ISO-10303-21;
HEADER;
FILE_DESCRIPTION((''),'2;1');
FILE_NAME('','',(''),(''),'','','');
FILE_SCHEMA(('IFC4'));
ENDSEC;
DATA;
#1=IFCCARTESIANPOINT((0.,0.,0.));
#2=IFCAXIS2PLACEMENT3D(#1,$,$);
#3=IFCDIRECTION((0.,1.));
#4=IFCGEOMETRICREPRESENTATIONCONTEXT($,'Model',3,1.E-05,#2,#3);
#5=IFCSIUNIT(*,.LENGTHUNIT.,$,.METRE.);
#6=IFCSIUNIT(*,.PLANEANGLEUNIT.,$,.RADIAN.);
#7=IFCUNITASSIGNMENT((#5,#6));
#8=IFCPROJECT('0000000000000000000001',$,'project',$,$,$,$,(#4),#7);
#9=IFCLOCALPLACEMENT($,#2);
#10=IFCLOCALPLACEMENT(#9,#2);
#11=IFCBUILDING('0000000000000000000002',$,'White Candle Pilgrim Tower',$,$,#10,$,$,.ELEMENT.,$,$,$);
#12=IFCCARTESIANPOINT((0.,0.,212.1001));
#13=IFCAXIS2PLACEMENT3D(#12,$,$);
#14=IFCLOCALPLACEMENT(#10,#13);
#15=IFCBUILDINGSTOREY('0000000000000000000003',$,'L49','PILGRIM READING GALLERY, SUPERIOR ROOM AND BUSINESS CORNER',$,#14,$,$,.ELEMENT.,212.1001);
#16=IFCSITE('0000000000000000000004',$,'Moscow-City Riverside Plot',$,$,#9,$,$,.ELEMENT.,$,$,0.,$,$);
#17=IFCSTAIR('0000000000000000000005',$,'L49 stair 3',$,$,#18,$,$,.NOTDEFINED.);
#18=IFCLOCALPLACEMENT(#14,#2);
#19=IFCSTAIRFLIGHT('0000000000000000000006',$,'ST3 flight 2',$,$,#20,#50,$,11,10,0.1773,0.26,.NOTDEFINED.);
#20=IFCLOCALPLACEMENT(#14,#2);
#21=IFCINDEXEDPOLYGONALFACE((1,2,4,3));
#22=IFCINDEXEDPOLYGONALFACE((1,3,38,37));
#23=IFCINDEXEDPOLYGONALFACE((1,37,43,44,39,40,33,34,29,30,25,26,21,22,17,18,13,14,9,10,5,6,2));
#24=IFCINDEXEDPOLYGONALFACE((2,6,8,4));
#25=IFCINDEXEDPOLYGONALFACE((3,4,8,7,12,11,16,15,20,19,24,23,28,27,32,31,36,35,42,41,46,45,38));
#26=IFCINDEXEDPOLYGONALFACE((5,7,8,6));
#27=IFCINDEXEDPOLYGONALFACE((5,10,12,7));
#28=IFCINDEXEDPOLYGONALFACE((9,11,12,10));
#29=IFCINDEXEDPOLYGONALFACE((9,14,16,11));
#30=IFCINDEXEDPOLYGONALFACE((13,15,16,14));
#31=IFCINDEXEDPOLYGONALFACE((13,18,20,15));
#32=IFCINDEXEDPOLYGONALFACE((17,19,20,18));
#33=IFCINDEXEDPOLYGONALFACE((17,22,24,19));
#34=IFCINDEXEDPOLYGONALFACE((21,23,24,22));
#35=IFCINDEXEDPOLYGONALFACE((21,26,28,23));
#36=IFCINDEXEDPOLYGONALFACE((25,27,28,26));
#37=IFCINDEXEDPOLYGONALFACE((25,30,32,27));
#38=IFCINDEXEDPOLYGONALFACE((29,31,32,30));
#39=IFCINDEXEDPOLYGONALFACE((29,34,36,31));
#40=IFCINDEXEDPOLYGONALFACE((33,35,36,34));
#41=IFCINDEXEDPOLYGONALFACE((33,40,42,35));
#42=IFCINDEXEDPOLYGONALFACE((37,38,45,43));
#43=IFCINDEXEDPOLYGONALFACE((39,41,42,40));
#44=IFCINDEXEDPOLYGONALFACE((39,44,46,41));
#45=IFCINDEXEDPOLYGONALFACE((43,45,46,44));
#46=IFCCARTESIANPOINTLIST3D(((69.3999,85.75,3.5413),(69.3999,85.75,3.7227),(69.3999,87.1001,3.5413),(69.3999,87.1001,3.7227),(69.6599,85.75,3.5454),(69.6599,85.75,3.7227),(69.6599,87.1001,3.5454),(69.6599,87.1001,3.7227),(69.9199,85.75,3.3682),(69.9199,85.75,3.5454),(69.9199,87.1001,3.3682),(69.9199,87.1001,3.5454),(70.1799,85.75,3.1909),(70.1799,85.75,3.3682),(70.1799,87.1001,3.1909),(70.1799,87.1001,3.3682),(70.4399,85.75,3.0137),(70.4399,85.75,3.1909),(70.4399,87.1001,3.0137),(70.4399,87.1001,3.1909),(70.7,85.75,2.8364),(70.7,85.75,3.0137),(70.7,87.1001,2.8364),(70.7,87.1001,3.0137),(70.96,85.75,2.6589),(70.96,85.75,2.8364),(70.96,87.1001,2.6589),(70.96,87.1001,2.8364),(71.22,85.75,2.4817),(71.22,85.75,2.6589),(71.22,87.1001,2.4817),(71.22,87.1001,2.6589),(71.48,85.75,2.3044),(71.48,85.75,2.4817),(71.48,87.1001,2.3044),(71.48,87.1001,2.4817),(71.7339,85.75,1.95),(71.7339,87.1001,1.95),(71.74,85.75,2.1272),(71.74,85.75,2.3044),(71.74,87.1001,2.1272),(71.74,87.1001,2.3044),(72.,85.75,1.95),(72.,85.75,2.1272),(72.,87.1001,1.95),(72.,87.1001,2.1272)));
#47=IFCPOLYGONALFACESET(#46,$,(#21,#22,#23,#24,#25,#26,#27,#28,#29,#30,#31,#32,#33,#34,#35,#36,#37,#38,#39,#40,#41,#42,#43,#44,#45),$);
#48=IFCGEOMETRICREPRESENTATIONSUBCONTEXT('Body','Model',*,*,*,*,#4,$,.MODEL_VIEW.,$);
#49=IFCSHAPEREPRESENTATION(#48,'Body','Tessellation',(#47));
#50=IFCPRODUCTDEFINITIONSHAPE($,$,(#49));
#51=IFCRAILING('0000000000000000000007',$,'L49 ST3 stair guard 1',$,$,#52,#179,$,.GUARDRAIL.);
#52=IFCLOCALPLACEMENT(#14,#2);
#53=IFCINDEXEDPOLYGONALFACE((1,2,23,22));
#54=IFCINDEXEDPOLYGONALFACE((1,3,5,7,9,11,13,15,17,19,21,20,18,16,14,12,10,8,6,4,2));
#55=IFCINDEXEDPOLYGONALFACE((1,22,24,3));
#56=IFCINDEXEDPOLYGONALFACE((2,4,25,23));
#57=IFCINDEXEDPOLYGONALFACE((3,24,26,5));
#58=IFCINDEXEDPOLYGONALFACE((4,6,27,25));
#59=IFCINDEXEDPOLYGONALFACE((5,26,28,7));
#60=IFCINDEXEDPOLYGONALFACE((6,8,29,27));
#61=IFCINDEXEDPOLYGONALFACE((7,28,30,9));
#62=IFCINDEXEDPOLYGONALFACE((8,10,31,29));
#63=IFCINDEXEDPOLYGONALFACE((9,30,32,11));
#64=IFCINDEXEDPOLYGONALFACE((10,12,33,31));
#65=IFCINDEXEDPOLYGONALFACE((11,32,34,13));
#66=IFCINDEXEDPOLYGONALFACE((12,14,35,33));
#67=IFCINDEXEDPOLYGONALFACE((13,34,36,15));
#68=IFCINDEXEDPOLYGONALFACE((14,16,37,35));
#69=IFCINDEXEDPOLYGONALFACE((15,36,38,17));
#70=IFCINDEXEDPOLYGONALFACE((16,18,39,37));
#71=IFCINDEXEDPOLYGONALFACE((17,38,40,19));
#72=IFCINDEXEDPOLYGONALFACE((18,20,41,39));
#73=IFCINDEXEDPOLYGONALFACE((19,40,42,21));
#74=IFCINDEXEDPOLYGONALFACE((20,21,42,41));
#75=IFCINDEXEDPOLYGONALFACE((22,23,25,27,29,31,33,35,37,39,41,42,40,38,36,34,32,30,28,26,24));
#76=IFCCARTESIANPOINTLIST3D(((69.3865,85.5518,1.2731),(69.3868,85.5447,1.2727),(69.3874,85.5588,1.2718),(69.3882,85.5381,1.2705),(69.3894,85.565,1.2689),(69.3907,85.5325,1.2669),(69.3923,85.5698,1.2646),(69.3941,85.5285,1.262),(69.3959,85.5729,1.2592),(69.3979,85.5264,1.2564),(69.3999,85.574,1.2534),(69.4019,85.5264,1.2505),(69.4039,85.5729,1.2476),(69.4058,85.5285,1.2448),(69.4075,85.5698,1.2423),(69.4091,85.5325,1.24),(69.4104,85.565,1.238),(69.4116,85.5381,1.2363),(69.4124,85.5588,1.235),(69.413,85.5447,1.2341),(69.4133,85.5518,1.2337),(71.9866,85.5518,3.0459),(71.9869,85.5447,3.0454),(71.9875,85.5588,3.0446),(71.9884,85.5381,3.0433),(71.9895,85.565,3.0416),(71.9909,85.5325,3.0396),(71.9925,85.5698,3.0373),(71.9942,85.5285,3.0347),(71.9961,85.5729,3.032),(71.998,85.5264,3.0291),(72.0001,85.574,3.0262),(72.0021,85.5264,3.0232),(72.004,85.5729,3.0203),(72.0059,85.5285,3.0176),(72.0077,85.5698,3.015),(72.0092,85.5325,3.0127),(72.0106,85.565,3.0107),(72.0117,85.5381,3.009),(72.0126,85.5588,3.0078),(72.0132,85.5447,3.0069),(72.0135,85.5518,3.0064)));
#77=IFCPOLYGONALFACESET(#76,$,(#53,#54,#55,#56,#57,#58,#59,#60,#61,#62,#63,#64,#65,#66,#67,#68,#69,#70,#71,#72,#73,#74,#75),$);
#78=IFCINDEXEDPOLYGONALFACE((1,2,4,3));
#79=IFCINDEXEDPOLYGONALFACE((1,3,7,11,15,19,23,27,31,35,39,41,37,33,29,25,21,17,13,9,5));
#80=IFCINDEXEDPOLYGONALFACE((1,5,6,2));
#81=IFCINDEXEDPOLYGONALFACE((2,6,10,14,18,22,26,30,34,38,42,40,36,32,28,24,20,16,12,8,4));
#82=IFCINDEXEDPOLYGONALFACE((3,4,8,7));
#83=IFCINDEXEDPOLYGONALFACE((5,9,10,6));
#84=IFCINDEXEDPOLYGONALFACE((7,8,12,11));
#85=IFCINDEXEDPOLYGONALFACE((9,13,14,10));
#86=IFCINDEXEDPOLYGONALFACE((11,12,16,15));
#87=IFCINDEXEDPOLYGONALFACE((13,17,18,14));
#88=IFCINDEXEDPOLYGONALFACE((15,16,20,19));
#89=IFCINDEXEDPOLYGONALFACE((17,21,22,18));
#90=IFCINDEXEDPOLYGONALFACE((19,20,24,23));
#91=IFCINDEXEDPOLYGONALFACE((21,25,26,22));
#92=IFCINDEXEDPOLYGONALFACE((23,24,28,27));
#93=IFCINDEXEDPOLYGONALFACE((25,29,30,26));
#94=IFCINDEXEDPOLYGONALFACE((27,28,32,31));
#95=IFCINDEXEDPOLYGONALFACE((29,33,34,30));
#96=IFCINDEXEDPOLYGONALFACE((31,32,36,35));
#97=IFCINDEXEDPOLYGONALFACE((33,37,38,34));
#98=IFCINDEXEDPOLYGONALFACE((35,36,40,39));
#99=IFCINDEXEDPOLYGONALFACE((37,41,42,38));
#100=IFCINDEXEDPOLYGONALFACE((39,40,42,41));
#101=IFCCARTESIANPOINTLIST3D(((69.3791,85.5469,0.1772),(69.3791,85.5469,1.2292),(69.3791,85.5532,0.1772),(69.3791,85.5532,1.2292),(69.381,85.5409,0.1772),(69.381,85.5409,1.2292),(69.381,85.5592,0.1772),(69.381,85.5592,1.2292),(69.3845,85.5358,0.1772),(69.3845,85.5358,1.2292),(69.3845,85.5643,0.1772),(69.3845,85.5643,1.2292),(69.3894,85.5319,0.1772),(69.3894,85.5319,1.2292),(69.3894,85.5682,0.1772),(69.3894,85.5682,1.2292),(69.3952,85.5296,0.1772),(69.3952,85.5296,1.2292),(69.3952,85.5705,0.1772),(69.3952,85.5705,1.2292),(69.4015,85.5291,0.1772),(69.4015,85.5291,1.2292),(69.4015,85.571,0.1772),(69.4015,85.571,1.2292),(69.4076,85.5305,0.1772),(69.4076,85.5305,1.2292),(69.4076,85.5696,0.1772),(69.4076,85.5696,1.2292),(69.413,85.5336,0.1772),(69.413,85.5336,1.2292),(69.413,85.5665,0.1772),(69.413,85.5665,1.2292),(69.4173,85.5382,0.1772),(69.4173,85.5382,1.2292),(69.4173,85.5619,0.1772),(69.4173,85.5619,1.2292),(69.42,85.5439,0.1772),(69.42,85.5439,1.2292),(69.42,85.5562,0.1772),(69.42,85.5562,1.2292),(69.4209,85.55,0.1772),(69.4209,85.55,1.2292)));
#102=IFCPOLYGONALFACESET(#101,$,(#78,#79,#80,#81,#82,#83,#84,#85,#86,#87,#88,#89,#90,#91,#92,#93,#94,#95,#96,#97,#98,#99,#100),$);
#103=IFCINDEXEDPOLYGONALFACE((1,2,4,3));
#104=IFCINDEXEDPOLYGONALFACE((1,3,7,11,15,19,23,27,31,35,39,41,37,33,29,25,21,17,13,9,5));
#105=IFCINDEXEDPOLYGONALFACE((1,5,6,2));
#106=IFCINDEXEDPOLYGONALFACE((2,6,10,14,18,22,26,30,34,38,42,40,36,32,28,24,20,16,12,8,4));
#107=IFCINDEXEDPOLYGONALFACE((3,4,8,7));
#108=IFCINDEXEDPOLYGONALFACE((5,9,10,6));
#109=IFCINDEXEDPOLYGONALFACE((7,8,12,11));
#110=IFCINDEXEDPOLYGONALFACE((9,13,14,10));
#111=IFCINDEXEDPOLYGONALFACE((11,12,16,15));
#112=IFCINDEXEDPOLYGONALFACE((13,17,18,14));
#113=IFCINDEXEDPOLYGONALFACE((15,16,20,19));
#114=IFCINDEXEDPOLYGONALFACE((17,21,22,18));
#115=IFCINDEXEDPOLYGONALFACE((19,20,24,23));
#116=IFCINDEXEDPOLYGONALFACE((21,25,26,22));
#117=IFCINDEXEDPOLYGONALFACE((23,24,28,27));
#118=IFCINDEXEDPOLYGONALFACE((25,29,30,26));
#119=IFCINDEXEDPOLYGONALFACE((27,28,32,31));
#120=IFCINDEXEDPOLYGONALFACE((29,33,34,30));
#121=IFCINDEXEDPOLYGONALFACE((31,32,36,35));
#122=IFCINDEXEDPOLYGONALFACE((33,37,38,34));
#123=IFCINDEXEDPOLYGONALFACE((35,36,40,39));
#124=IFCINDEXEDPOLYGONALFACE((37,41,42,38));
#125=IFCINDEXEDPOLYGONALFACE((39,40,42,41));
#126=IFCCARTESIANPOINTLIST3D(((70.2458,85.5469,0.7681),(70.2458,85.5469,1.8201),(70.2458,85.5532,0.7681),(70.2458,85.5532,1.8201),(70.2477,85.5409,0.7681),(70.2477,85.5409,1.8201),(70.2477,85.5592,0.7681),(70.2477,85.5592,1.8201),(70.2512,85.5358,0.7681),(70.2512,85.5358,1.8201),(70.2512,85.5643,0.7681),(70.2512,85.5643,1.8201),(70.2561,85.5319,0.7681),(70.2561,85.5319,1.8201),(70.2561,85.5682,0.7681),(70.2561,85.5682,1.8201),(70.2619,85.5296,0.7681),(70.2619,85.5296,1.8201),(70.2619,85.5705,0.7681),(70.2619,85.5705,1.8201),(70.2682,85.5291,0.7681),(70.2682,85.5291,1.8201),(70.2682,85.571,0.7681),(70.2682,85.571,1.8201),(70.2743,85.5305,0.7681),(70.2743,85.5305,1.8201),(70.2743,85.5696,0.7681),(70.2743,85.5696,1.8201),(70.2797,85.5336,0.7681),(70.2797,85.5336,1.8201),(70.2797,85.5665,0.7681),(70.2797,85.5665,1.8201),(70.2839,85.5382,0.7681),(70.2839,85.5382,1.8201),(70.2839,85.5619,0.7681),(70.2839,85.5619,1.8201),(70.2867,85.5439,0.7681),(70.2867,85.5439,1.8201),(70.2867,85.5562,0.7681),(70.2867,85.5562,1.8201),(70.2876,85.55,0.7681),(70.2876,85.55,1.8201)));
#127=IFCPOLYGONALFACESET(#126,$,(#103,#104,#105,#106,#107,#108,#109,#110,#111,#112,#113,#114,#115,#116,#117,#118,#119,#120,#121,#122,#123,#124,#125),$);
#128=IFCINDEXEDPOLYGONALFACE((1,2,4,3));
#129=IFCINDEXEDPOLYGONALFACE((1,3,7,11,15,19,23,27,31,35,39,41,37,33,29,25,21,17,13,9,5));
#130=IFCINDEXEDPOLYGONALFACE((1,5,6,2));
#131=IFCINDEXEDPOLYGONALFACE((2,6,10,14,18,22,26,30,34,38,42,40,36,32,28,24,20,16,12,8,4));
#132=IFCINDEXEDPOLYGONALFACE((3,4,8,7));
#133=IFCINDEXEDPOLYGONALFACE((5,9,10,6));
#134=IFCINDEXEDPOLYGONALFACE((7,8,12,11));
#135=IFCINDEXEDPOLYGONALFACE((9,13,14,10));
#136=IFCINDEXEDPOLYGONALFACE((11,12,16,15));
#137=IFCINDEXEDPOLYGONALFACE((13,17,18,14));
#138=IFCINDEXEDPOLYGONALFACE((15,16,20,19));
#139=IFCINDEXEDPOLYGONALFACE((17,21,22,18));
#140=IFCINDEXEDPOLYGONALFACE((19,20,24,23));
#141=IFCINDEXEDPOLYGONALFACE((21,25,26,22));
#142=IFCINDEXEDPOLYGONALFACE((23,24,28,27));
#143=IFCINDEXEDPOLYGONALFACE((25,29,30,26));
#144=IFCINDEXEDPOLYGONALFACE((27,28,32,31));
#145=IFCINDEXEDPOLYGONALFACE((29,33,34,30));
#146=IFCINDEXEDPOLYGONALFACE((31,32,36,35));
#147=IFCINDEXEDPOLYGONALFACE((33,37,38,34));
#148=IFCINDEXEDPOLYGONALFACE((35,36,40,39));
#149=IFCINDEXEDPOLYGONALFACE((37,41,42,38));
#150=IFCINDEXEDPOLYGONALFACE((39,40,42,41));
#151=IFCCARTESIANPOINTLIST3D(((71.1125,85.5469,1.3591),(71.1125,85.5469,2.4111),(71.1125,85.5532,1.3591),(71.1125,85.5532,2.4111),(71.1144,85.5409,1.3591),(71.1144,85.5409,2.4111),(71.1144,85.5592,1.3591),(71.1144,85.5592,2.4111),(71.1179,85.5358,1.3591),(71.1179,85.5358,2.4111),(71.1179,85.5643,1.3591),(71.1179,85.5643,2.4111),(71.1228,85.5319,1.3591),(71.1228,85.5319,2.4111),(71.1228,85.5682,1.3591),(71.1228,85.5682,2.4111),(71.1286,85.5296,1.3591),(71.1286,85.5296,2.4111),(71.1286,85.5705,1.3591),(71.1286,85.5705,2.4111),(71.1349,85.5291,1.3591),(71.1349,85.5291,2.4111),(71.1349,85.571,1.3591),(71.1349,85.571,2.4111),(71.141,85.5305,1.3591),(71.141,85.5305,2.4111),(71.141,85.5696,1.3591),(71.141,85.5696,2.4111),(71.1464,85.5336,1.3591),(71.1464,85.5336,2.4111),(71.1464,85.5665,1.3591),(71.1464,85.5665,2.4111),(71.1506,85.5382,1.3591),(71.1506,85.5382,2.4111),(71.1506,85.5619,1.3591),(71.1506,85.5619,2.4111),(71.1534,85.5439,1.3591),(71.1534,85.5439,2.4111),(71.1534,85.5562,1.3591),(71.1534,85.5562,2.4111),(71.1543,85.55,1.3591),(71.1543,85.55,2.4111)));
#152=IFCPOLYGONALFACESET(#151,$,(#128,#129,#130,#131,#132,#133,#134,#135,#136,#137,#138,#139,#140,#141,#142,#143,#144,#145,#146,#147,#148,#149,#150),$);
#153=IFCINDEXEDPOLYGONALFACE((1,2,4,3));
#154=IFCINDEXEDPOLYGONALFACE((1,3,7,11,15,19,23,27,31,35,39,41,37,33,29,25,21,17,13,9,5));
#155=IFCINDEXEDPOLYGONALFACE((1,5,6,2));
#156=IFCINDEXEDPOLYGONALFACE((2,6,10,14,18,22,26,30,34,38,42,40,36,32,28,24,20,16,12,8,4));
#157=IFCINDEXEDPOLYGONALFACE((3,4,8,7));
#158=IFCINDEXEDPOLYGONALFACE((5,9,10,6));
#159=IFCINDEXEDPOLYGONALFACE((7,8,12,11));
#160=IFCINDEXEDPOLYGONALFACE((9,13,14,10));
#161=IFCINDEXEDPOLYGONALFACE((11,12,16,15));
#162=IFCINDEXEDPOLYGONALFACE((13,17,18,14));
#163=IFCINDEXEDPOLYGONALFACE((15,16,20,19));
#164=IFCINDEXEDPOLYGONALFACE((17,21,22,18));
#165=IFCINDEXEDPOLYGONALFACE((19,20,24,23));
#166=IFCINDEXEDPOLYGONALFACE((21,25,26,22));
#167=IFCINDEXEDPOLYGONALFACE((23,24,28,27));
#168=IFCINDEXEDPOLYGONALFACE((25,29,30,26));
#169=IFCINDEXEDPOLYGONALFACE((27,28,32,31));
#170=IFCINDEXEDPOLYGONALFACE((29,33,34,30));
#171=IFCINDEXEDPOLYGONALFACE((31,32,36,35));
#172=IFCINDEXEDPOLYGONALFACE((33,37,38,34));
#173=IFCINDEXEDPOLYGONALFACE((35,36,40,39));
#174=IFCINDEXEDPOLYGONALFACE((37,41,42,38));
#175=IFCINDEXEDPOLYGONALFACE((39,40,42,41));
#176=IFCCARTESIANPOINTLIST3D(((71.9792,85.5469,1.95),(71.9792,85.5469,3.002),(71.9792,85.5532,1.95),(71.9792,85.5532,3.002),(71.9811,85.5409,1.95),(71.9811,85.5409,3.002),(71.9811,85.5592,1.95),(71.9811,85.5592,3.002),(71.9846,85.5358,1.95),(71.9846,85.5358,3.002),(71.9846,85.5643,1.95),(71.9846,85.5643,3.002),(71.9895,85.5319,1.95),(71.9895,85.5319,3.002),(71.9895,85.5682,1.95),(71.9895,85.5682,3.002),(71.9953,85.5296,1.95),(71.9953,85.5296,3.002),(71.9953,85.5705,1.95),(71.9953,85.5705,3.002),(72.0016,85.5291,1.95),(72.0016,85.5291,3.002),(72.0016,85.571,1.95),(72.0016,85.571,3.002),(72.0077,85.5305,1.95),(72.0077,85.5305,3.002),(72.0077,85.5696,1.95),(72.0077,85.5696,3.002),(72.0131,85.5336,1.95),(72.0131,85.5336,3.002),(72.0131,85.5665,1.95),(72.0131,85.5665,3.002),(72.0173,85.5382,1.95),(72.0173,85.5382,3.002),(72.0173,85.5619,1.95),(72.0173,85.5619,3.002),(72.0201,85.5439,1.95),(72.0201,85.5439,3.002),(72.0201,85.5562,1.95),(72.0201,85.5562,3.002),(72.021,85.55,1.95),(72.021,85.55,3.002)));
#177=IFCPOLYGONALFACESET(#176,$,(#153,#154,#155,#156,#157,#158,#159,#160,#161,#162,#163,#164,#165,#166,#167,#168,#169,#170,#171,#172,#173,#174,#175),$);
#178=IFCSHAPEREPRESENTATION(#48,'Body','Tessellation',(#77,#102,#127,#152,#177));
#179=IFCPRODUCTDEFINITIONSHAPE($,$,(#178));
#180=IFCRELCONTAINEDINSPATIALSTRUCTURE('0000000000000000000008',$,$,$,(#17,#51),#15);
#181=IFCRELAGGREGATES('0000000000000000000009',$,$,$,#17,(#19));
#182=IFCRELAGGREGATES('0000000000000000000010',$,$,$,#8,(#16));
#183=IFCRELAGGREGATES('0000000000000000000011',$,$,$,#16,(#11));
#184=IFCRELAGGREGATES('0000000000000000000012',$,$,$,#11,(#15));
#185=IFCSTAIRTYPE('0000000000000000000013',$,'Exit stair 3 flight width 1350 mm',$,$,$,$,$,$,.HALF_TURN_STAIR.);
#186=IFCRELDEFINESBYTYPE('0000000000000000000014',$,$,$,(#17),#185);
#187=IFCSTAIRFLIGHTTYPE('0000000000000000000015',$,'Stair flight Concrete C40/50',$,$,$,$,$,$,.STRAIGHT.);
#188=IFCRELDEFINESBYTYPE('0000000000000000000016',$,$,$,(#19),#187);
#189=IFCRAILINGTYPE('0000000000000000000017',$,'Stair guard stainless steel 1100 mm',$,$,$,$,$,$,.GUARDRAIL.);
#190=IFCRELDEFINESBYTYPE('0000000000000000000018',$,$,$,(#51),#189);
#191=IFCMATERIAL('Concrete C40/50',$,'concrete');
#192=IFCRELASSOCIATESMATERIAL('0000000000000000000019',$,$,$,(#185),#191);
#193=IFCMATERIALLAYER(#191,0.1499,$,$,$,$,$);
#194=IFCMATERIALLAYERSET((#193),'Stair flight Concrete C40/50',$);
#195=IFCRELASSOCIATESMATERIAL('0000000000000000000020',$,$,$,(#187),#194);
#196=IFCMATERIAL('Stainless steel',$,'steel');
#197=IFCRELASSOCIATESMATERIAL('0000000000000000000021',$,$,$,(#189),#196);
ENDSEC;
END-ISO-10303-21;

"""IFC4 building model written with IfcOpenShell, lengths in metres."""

from ifc_helpers import new_model, si_unit, direction, frame, origin, origin_2d, place, context, subcontext, project, spatial, polyline, circle, outline, extrude, material, layer, layer_set, type_object, element, aggregate, save


model = new_model("IFC4")

# Units and contexts
model_context = context("Model", 3, precision=1e-05, world=origin(), true_north=direction((0.0, 1.0)))
body_context = subcontext(model_context, "Body", "Model", "MODEL_VIEW")
ifc_project = project(units=[si_unit("LENGTHUNIT", "METRE"), si_unit("PLANEANGLEUNIT", "RADIAN")], contexts=[model_context])

# Site, building, storey
site_placement = place(None, origin())
site = spatial("IfcSite", under=ifc_project, at=site_placement, Name="Moscow-City Riverside Plot", CompositionType="ELEMENT", RefElevation=0.0)
building_placement = place(site_placement, origin())
building = spatial("IfcBuilding", under=site, at=building_placement, Name="White Candle Pilgrim Tower", CompositionType="ELEMENT")
storey_placement = place(building_placement, frame((0.0, 0.0, 212.1001)))
storey = spatial("IfcBuildingStorey", under=building, at=storey_placement, Name="L49", Description="PILGRIM READING GALLERY, SUPERIOR ROOM AND BUSINESS CORNER", CompositionType="ELEMENT", Elevation=212.1001)

# Stair, stair flight
ifc_material_1 = material(Name="Concrete C40/50", Category="concrete")
stair_type = type_object("IfcStairType", Name="Exit stair 3 flight width 1350 mm", PredefinedType="HALF_TURN_STAIR", material=ifc_material_1)
stair_placement = place(storey_placement, origin())
stair = element("IfcStair", 1, at=stair_placement, inside=storey, type_object=stair_type, Name="L49 stair 3", PredefinedType="NOTDEFINED")
ifc_layer_1 = layer(ifc_material_1, 0.1499)
ifc_layer_set_1 = layer_set([ifc_layer_1], Name="Stair flight Concrete C40/50")
stair_flight_type = type_object("IfcStairFlightType", Name="Stair flight Concrete C40/50", PredefinedType="STRAIGHT", material=ifc_layer_set_1)
stair_flight_1_placement = place(storey_placement, frame((72.0, 86.425, 1.95), z_axis=(0.0, 0.0, 1.0), x_axis=(-1.0, 0.0, 0.0)))
stair_flight_1 = element("IfcStairFlight", 2, at=stair_flight_1_placement, type_object=stair_flight_type, Name="ST3 flight 2", NumberOfRisers=11, NumberOfTreads=10, PredefinedType="NOTDEFINED", RiserHeight=0.1773, TreadLength=0.26, context=body_context, shape_type="SweptSolid", body=[
    extrude(outline(polyline([(0.0, 0.0), (0.0, 0.1772), (0.26, 0.1772), (0.26, 0.3545), (0.52, 0.3545), (0.52, 0.5317), (0.78, 0.5317), (0.78, 0.709), (1.04, 0.709), (1.04, 0.8865), (1.3, 0.8865), (1.3, 1.0637), (1.5601, 1.0637), (1.5601, 1.241), (1.8201, 1.241), (1.8201, 1.4182), (2.0801, 1.4182), (2.0801, 1.5955), (2.3401, 1.5955), (2.3401, 1.7727), (2.6001, 1.7727), (2.6001, 1.95), (2.6001, 1.5913), (0.2661, 0.0), (0.0, 0.0)])), frame((0.0, 0.675, 0.0), z_axis=(0.0, -1.0, 0.0), x_axis=(1.0, 0.0, 0.0)), (0.0, 0.0, 1.0), 1.3501),
])
aggregate(stair, [stair_flight_1])

# Railing
ifc_material_2 = material(Name="Stainless steel", Category="steel")
railing_type_1 = type_object("IfcRailingType", Name="Stair guard stainless steel 1100 mm", PredefinedType="GUARDRAIL", material=ifc_material_2)
railing_1_placement = place(storey_placement, frame((69.3999, 85.55, 0.1772)))
element("IfcRailing", 3, at=railing_1_placement, inside=storey, type_object=railing_type_1, Name="L49 ST3 stair guard 1", PredefinedType="GUARDRAIL", context=body_context, shape_type="SweptSolid", body=[
    extrude(circle(Radius=0.0239, at=origin_2d()), frame((0.0, 0.0, 1.0762), z_axis=(0.82624, 0.0, 0.563318), x_axis=(0.0, 1.0, 0.0)), (0.0, 0.0, 1.0), 3.147),
    extrude(circle(Radius=0.021, at=origin_2d()), origin(), (0.0, 0.0, 1.0), 1.052),
    extrude(circle(Radius=0.021, at=origin_2d()), frame((0.8667, 0.0, 0.5908)), (0.0, 0.0, 1.0), 1.052),
    extrude(circle(Radius=0.021, at=origin_2d()), frame((1.7334, 0.0, 1.1819)), (0.0, 0.0, 1.0), 1.052),
    extrude(circle(Radius=0.021, at=origin_2d()), frame((2.6001, 0.0, 1.7727)), (0.0, 0.0, 1.0), 1.052),
])

save(model, "model.ifc")
